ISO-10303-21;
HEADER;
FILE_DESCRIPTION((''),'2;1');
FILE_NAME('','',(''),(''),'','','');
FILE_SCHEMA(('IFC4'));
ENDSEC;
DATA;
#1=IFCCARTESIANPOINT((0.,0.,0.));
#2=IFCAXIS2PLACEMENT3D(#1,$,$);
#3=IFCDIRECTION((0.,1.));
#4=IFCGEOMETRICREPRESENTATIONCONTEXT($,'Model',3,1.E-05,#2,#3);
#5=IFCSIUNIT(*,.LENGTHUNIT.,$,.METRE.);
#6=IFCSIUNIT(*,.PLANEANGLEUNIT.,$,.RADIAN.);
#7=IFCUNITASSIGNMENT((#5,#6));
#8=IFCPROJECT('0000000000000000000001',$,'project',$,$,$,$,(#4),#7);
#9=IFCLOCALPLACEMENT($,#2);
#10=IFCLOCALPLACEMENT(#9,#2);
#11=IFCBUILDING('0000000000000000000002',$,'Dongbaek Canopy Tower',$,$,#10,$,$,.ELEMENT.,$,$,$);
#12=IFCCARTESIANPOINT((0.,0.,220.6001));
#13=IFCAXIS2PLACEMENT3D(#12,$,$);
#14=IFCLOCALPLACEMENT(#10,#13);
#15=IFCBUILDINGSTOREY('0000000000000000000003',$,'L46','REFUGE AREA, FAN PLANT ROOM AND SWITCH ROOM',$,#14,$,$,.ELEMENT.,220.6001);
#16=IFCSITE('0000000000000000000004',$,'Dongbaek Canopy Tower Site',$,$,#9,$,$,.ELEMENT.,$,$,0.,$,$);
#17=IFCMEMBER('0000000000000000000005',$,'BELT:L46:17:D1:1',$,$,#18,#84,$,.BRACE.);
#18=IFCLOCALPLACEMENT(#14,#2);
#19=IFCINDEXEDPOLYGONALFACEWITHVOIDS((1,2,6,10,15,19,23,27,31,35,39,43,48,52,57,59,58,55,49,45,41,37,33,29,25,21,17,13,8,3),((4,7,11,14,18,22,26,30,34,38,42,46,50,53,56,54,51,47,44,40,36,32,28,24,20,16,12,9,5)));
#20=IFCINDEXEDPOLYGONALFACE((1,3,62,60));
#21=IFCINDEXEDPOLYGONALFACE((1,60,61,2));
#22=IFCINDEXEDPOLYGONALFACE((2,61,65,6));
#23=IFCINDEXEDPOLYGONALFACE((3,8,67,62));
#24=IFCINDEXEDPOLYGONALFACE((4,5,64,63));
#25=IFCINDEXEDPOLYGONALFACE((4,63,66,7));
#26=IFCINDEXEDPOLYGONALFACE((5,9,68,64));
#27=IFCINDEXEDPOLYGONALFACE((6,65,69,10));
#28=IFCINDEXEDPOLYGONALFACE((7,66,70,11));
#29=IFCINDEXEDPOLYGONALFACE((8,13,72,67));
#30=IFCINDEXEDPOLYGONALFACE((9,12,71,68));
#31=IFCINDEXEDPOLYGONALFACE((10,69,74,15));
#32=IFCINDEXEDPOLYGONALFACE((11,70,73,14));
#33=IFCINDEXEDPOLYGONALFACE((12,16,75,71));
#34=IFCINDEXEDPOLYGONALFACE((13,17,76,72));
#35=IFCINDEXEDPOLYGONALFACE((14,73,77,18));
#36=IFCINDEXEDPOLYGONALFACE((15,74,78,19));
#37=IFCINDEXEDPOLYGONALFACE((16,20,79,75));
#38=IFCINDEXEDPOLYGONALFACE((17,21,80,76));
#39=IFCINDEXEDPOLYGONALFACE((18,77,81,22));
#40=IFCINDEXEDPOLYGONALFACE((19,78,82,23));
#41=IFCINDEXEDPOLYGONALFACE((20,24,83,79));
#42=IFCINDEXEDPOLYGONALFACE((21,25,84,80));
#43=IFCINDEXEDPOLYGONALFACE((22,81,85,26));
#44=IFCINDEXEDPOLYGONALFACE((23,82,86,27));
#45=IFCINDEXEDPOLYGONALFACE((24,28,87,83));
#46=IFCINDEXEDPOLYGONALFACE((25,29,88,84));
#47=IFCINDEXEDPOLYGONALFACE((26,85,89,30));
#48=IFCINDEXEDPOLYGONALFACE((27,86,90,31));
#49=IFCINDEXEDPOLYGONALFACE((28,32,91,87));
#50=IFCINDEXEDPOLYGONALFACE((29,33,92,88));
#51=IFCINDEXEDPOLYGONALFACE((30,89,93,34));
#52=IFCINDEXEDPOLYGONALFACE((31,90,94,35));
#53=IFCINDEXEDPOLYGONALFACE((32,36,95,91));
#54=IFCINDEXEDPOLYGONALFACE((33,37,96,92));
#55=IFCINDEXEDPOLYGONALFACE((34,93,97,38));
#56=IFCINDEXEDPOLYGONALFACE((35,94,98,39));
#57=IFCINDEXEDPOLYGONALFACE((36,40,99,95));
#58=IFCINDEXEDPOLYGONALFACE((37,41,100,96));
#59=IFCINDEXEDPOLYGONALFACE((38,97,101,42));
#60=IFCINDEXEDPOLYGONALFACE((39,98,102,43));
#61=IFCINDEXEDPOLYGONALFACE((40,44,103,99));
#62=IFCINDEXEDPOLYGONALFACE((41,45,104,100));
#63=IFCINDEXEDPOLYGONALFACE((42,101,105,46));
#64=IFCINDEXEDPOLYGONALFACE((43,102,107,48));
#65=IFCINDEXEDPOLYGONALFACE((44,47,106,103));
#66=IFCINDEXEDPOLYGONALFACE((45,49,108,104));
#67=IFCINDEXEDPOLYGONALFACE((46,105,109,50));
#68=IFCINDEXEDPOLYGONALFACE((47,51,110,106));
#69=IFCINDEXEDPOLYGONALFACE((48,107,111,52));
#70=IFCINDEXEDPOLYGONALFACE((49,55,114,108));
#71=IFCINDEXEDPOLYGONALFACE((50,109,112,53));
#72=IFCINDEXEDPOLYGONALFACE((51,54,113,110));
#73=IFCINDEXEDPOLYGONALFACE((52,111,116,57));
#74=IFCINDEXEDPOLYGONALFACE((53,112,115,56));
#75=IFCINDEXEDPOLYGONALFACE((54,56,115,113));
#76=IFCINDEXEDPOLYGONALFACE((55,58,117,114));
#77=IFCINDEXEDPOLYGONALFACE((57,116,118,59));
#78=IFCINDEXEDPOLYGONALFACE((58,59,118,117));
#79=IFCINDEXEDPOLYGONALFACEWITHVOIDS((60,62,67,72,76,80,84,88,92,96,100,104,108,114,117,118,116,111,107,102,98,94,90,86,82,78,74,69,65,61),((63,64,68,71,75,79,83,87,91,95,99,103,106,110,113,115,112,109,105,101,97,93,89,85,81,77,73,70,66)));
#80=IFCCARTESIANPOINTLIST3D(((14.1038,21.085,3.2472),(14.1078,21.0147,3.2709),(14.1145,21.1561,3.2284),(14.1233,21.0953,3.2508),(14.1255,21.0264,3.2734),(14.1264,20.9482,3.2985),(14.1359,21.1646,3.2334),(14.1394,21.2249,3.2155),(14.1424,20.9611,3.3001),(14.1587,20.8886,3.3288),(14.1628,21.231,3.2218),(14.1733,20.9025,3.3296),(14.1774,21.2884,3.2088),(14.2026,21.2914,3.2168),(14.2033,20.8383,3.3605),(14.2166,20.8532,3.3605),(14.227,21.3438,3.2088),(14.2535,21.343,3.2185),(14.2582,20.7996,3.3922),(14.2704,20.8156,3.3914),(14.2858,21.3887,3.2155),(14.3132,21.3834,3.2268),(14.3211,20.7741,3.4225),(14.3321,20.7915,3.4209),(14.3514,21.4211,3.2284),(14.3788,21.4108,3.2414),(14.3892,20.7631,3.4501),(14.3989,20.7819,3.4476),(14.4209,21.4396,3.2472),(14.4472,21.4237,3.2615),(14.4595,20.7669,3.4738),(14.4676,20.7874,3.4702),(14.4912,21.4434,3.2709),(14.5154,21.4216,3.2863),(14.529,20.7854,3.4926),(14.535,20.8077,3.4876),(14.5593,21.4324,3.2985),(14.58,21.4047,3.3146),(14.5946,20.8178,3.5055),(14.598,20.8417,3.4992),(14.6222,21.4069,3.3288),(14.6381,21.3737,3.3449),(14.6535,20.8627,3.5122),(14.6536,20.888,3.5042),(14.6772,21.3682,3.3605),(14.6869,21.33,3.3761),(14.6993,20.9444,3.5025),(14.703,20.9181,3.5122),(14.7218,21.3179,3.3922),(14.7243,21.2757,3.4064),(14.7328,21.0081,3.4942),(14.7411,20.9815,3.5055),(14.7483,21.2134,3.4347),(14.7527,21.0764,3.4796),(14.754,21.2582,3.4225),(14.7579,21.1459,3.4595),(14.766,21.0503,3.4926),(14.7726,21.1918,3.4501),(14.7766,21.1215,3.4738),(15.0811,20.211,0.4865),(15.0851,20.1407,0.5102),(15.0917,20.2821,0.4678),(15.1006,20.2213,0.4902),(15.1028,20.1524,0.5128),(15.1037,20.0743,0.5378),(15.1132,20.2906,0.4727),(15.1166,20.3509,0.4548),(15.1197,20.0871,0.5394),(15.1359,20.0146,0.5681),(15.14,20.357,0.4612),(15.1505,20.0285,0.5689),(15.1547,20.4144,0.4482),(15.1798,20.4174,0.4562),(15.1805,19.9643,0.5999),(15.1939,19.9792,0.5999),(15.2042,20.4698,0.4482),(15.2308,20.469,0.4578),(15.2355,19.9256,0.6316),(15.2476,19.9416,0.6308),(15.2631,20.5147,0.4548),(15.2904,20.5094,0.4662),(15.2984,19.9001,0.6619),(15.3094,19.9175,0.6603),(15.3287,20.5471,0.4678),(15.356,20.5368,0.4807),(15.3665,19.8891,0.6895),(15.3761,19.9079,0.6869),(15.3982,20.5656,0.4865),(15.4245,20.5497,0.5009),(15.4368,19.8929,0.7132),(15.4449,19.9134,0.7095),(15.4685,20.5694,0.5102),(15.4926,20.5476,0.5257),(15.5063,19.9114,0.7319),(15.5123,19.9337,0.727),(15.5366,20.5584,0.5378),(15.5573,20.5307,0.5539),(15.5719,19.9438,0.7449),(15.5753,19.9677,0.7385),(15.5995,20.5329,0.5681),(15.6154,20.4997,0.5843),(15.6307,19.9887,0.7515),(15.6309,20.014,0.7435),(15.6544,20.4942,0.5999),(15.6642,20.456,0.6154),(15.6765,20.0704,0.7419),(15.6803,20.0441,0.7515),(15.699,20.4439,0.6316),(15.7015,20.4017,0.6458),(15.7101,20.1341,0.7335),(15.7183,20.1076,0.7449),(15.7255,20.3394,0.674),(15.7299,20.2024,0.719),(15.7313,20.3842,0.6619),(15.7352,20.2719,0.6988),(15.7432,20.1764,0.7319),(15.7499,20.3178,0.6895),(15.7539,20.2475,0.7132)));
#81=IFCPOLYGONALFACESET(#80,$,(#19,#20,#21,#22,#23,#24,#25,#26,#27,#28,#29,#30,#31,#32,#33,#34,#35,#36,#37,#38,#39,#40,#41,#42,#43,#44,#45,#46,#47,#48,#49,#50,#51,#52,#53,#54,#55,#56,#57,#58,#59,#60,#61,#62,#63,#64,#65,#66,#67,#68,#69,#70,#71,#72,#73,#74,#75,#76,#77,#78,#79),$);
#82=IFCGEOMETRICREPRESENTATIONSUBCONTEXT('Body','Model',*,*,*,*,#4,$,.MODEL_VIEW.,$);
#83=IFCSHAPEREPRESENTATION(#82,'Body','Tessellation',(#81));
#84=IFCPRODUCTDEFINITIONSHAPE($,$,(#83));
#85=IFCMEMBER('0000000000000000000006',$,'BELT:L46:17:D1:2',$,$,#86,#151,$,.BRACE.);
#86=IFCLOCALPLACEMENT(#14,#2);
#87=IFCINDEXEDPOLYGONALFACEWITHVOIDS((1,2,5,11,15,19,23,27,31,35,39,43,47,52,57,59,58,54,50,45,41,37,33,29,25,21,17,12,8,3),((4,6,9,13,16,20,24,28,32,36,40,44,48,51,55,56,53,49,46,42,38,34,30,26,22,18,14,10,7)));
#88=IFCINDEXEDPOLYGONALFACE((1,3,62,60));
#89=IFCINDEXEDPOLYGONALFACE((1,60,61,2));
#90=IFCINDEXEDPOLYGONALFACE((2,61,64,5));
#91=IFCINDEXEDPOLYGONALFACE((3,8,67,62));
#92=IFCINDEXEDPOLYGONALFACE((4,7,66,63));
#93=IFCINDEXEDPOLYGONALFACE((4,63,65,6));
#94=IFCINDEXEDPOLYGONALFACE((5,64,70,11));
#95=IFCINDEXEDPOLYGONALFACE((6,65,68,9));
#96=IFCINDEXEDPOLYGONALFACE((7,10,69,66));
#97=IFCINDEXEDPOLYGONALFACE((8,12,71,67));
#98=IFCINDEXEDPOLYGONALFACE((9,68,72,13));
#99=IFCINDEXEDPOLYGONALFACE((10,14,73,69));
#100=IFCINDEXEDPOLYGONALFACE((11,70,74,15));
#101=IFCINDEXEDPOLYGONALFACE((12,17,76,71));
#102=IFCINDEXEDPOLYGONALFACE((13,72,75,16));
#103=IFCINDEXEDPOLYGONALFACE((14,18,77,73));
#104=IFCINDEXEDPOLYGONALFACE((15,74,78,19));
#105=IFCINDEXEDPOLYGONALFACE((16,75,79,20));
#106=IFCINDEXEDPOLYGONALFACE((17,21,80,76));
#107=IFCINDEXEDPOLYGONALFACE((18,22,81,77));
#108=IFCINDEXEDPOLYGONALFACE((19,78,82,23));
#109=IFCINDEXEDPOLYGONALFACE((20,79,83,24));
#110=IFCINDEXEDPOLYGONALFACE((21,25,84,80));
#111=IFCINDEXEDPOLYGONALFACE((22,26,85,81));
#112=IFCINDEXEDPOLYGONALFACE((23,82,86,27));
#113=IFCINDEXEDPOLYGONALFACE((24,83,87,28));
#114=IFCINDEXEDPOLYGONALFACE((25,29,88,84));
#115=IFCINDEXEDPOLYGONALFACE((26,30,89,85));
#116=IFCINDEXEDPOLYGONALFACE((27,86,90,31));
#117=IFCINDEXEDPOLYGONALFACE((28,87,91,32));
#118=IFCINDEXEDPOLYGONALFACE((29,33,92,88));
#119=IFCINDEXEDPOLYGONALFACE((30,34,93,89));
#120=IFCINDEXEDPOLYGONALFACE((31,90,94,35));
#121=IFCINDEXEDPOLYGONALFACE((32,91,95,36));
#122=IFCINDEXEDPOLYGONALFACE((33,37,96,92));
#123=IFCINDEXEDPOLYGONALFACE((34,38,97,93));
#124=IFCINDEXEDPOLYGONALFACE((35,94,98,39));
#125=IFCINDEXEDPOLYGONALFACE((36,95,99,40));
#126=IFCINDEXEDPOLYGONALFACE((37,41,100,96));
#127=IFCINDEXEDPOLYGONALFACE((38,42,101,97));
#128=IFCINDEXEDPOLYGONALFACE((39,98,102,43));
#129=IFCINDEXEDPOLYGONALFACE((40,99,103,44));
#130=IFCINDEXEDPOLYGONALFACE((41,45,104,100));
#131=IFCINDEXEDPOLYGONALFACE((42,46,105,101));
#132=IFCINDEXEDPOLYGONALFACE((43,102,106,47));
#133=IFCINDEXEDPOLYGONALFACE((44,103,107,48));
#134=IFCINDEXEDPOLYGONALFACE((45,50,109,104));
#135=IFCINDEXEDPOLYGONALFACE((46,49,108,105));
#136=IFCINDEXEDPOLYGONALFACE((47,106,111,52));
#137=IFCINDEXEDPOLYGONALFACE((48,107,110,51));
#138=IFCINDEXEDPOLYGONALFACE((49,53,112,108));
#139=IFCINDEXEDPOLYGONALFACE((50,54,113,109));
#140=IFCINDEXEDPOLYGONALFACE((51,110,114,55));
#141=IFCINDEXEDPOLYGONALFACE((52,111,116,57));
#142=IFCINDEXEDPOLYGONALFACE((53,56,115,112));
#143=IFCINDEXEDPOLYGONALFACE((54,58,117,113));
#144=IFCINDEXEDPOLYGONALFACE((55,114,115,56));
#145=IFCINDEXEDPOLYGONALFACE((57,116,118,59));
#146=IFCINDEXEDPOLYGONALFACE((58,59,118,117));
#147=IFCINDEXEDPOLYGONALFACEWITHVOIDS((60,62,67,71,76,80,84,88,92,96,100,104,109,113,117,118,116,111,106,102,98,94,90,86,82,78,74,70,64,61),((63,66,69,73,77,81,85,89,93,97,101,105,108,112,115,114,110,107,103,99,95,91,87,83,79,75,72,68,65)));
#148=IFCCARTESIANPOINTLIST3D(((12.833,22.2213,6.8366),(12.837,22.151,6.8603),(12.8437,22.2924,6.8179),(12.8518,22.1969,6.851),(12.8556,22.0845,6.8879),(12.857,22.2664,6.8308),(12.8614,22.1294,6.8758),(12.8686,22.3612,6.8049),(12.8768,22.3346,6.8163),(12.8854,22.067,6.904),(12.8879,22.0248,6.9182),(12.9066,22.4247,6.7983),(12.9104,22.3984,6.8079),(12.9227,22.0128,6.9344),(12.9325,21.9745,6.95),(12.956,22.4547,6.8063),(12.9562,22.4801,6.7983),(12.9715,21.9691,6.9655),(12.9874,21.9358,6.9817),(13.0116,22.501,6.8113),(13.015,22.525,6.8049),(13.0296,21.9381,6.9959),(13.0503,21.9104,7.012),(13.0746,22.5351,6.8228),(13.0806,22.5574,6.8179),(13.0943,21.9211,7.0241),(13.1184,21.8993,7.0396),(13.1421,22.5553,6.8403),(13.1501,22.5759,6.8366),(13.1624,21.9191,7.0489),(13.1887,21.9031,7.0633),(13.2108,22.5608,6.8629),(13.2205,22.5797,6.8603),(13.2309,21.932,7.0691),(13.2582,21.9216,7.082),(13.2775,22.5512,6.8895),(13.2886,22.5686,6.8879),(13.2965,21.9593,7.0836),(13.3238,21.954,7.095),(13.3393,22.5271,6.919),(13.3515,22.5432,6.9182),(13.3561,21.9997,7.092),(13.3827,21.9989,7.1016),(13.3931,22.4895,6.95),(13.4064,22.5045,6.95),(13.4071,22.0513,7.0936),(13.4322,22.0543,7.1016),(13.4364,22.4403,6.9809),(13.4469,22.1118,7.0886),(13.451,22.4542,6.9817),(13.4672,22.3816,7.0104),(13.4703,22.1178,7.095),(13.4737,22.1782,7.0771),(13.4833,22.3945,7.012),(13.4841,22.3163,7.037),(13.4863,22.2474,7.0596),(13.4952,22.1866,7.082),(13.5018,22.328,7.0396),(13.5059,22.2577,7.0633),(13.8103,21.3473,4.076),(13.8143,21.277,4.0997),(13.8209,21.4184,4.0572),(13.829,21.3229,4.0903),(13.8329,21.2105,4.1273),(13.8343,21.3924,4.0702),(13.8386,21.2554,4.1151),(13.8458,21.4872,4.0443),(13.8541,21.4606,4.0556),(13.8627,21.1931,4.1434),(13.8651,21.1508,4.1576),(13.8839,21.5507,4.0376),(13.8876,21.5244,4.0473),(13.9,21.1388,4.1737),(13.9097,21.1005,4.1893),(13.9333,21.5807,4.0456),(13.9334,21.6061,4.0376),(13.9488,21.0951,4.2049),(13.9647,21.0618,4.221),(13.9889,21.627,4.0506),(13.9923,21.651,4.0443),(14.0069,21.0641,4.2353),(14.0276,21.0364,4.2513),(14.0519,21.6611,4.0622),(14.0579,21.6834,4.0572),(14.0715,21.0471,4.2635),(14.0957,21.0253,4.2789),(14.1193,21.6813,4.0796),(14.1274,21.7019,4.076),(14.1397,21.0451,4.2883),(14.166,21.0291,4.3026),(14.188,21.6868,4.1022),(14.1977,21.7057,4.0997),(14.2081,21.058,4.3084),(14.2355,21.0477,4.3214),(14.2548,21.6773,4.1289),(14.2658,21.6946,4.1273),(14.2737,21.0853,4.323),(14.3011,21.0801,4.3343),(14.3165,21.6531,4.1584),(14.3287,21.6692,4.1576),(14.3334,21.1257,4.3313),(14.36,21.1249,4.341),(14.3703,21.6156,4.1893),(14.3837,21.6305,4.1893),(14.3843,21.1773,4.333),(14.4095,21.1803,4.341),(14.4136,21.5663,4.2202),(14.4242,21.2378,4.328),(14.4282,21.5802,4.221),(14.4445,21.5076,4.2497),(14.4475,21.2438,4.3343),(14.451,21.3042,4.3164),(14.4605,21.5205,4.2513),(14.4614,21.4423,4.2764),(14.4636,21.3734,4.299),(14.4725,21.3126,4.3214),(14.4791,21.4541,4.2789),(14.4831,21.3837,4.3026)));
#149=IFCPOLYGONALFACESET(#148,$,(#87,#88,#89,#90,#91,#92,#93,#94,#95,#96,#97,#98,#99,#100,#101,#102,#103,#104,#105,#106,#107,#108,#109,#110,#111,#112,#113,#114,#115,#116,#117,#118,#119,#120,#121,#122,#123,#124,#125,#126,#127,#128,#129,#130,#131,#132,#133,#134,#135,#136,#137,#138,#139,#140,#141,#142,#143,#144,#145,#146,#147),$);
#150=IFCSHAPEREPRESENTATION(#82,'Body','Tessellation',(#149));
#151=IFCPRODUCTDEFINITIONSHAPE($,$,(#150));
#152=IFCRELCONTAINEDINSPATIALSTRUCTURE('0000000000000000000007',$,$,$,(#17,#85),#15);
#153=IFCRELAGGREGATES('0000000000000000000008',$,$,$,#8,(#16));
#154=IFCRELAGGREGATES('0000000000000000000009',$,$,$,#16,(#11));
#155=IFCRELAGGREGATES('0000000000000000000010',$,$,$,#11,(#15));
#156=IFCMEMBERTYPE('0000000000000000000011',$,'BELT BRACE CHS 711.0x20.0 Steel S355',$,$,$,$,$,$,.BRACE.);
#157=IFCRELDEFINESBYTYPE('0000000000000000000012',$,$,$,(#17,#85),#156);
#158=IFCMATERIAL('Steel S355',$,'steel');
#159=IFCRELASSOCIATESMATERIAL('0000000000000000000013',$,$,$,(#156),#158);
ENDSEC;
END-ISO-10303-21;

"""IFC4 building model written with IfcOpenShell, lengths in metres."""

from ifc_helpers import new_model, si_unit, direction, frame, origin, origin_2d, place, context, subcontext, project, spatial, hollow_circle, extrude, material, material_profile, profile_set, type_object, element, save


model = new_model("IFC4")

# Units and contexts
model_context = context("Model", 3, precision=1e-05, world=origin(), true_north=direction((0.0, 1.0)))
body_context = subcontext(model_context, "Body", "Model", "MODEL_VIEW")
ifc_project = project(units=[si_unit("LENGTHUNIT", "METRE"), si_unit("PLANEANGLEUNIT", "RADIAN")], contexts=[model_context])

# Site, building, storey
site_placement = place(None, origin())
site = spatial("IfcSite", under=ifc_project, at=site_placement, Name="Dongbaek Canopy Tower Site", CompositionType="ELEMENT", RefElevation=0.0)
building_placement = place(site_placement, origin())
building = spatial("IfcBuilding", under=site, at=building_placement, Name="Dongbaek Canopy Tower", CompositionType="ELEMENT")
storey_placement = place(building_placement, frame((0.0, 0.0, 220.6001)))
storey = spatial("IfcBuildingStorey", under=building, at=storey_placement, Name="L46", Description="REFUGE AREA, FAN PLANT ROOM AND SWITCH ROOM", CompositionType="ELEMENT", Elevation=220.6001)

# Members
ifc_material_1 = material(Name="Steel S355", Category="steel")
ifc_material_profile_1 = material_profile(ifc_material_1, hollow_circle(Radius=0.3555, WallThickness=0.02, at=origin_2d()), Name="BELT BRACE CHS 711.0x20.0 Steel S355")
ifc_profile_set_1 = profile_set([ifc_material_profile_1], Name="Steel S355")
member_type_1 = type_object("IfcMemberType", Name="BELT BRACE CHS 711.0x20.0 Steel S355", PredefinedType="BRACE", material=ifc_profile_set_1)
for number, where, z_axis, x_axis, name in (
    (1, (15.4175, 20.2292, 0.5999), (-0.319768, 0.285978, 0.903308), (-0.666626, -0.745392, 0.0), "BELT:L46:17:D1:1"),
    (2, (13.1694, 22.2395, 6.95), (0.319768, -0.285978, -0.903308), (0.666626, 0.745392, 0.0), "BELT:L46:17:D1:2"),
):
    element("IfcMember", number, at=place(storey_placement, frame(where, z_axis=z_axis, x_axis=x_axis)), inside=storey, type_object=member_type_1, Name=name, PredefinedType="BRACE", context=body_context, shape_type="SweptSolid", body=[
        extrude(hollow_circle(Radius=0.3555, WallThickness=0.02, at=origin_2d()), origin(), (0.0, 0.0, 1.0), 3.0562),
    ])

save(model, "model.ifc")
